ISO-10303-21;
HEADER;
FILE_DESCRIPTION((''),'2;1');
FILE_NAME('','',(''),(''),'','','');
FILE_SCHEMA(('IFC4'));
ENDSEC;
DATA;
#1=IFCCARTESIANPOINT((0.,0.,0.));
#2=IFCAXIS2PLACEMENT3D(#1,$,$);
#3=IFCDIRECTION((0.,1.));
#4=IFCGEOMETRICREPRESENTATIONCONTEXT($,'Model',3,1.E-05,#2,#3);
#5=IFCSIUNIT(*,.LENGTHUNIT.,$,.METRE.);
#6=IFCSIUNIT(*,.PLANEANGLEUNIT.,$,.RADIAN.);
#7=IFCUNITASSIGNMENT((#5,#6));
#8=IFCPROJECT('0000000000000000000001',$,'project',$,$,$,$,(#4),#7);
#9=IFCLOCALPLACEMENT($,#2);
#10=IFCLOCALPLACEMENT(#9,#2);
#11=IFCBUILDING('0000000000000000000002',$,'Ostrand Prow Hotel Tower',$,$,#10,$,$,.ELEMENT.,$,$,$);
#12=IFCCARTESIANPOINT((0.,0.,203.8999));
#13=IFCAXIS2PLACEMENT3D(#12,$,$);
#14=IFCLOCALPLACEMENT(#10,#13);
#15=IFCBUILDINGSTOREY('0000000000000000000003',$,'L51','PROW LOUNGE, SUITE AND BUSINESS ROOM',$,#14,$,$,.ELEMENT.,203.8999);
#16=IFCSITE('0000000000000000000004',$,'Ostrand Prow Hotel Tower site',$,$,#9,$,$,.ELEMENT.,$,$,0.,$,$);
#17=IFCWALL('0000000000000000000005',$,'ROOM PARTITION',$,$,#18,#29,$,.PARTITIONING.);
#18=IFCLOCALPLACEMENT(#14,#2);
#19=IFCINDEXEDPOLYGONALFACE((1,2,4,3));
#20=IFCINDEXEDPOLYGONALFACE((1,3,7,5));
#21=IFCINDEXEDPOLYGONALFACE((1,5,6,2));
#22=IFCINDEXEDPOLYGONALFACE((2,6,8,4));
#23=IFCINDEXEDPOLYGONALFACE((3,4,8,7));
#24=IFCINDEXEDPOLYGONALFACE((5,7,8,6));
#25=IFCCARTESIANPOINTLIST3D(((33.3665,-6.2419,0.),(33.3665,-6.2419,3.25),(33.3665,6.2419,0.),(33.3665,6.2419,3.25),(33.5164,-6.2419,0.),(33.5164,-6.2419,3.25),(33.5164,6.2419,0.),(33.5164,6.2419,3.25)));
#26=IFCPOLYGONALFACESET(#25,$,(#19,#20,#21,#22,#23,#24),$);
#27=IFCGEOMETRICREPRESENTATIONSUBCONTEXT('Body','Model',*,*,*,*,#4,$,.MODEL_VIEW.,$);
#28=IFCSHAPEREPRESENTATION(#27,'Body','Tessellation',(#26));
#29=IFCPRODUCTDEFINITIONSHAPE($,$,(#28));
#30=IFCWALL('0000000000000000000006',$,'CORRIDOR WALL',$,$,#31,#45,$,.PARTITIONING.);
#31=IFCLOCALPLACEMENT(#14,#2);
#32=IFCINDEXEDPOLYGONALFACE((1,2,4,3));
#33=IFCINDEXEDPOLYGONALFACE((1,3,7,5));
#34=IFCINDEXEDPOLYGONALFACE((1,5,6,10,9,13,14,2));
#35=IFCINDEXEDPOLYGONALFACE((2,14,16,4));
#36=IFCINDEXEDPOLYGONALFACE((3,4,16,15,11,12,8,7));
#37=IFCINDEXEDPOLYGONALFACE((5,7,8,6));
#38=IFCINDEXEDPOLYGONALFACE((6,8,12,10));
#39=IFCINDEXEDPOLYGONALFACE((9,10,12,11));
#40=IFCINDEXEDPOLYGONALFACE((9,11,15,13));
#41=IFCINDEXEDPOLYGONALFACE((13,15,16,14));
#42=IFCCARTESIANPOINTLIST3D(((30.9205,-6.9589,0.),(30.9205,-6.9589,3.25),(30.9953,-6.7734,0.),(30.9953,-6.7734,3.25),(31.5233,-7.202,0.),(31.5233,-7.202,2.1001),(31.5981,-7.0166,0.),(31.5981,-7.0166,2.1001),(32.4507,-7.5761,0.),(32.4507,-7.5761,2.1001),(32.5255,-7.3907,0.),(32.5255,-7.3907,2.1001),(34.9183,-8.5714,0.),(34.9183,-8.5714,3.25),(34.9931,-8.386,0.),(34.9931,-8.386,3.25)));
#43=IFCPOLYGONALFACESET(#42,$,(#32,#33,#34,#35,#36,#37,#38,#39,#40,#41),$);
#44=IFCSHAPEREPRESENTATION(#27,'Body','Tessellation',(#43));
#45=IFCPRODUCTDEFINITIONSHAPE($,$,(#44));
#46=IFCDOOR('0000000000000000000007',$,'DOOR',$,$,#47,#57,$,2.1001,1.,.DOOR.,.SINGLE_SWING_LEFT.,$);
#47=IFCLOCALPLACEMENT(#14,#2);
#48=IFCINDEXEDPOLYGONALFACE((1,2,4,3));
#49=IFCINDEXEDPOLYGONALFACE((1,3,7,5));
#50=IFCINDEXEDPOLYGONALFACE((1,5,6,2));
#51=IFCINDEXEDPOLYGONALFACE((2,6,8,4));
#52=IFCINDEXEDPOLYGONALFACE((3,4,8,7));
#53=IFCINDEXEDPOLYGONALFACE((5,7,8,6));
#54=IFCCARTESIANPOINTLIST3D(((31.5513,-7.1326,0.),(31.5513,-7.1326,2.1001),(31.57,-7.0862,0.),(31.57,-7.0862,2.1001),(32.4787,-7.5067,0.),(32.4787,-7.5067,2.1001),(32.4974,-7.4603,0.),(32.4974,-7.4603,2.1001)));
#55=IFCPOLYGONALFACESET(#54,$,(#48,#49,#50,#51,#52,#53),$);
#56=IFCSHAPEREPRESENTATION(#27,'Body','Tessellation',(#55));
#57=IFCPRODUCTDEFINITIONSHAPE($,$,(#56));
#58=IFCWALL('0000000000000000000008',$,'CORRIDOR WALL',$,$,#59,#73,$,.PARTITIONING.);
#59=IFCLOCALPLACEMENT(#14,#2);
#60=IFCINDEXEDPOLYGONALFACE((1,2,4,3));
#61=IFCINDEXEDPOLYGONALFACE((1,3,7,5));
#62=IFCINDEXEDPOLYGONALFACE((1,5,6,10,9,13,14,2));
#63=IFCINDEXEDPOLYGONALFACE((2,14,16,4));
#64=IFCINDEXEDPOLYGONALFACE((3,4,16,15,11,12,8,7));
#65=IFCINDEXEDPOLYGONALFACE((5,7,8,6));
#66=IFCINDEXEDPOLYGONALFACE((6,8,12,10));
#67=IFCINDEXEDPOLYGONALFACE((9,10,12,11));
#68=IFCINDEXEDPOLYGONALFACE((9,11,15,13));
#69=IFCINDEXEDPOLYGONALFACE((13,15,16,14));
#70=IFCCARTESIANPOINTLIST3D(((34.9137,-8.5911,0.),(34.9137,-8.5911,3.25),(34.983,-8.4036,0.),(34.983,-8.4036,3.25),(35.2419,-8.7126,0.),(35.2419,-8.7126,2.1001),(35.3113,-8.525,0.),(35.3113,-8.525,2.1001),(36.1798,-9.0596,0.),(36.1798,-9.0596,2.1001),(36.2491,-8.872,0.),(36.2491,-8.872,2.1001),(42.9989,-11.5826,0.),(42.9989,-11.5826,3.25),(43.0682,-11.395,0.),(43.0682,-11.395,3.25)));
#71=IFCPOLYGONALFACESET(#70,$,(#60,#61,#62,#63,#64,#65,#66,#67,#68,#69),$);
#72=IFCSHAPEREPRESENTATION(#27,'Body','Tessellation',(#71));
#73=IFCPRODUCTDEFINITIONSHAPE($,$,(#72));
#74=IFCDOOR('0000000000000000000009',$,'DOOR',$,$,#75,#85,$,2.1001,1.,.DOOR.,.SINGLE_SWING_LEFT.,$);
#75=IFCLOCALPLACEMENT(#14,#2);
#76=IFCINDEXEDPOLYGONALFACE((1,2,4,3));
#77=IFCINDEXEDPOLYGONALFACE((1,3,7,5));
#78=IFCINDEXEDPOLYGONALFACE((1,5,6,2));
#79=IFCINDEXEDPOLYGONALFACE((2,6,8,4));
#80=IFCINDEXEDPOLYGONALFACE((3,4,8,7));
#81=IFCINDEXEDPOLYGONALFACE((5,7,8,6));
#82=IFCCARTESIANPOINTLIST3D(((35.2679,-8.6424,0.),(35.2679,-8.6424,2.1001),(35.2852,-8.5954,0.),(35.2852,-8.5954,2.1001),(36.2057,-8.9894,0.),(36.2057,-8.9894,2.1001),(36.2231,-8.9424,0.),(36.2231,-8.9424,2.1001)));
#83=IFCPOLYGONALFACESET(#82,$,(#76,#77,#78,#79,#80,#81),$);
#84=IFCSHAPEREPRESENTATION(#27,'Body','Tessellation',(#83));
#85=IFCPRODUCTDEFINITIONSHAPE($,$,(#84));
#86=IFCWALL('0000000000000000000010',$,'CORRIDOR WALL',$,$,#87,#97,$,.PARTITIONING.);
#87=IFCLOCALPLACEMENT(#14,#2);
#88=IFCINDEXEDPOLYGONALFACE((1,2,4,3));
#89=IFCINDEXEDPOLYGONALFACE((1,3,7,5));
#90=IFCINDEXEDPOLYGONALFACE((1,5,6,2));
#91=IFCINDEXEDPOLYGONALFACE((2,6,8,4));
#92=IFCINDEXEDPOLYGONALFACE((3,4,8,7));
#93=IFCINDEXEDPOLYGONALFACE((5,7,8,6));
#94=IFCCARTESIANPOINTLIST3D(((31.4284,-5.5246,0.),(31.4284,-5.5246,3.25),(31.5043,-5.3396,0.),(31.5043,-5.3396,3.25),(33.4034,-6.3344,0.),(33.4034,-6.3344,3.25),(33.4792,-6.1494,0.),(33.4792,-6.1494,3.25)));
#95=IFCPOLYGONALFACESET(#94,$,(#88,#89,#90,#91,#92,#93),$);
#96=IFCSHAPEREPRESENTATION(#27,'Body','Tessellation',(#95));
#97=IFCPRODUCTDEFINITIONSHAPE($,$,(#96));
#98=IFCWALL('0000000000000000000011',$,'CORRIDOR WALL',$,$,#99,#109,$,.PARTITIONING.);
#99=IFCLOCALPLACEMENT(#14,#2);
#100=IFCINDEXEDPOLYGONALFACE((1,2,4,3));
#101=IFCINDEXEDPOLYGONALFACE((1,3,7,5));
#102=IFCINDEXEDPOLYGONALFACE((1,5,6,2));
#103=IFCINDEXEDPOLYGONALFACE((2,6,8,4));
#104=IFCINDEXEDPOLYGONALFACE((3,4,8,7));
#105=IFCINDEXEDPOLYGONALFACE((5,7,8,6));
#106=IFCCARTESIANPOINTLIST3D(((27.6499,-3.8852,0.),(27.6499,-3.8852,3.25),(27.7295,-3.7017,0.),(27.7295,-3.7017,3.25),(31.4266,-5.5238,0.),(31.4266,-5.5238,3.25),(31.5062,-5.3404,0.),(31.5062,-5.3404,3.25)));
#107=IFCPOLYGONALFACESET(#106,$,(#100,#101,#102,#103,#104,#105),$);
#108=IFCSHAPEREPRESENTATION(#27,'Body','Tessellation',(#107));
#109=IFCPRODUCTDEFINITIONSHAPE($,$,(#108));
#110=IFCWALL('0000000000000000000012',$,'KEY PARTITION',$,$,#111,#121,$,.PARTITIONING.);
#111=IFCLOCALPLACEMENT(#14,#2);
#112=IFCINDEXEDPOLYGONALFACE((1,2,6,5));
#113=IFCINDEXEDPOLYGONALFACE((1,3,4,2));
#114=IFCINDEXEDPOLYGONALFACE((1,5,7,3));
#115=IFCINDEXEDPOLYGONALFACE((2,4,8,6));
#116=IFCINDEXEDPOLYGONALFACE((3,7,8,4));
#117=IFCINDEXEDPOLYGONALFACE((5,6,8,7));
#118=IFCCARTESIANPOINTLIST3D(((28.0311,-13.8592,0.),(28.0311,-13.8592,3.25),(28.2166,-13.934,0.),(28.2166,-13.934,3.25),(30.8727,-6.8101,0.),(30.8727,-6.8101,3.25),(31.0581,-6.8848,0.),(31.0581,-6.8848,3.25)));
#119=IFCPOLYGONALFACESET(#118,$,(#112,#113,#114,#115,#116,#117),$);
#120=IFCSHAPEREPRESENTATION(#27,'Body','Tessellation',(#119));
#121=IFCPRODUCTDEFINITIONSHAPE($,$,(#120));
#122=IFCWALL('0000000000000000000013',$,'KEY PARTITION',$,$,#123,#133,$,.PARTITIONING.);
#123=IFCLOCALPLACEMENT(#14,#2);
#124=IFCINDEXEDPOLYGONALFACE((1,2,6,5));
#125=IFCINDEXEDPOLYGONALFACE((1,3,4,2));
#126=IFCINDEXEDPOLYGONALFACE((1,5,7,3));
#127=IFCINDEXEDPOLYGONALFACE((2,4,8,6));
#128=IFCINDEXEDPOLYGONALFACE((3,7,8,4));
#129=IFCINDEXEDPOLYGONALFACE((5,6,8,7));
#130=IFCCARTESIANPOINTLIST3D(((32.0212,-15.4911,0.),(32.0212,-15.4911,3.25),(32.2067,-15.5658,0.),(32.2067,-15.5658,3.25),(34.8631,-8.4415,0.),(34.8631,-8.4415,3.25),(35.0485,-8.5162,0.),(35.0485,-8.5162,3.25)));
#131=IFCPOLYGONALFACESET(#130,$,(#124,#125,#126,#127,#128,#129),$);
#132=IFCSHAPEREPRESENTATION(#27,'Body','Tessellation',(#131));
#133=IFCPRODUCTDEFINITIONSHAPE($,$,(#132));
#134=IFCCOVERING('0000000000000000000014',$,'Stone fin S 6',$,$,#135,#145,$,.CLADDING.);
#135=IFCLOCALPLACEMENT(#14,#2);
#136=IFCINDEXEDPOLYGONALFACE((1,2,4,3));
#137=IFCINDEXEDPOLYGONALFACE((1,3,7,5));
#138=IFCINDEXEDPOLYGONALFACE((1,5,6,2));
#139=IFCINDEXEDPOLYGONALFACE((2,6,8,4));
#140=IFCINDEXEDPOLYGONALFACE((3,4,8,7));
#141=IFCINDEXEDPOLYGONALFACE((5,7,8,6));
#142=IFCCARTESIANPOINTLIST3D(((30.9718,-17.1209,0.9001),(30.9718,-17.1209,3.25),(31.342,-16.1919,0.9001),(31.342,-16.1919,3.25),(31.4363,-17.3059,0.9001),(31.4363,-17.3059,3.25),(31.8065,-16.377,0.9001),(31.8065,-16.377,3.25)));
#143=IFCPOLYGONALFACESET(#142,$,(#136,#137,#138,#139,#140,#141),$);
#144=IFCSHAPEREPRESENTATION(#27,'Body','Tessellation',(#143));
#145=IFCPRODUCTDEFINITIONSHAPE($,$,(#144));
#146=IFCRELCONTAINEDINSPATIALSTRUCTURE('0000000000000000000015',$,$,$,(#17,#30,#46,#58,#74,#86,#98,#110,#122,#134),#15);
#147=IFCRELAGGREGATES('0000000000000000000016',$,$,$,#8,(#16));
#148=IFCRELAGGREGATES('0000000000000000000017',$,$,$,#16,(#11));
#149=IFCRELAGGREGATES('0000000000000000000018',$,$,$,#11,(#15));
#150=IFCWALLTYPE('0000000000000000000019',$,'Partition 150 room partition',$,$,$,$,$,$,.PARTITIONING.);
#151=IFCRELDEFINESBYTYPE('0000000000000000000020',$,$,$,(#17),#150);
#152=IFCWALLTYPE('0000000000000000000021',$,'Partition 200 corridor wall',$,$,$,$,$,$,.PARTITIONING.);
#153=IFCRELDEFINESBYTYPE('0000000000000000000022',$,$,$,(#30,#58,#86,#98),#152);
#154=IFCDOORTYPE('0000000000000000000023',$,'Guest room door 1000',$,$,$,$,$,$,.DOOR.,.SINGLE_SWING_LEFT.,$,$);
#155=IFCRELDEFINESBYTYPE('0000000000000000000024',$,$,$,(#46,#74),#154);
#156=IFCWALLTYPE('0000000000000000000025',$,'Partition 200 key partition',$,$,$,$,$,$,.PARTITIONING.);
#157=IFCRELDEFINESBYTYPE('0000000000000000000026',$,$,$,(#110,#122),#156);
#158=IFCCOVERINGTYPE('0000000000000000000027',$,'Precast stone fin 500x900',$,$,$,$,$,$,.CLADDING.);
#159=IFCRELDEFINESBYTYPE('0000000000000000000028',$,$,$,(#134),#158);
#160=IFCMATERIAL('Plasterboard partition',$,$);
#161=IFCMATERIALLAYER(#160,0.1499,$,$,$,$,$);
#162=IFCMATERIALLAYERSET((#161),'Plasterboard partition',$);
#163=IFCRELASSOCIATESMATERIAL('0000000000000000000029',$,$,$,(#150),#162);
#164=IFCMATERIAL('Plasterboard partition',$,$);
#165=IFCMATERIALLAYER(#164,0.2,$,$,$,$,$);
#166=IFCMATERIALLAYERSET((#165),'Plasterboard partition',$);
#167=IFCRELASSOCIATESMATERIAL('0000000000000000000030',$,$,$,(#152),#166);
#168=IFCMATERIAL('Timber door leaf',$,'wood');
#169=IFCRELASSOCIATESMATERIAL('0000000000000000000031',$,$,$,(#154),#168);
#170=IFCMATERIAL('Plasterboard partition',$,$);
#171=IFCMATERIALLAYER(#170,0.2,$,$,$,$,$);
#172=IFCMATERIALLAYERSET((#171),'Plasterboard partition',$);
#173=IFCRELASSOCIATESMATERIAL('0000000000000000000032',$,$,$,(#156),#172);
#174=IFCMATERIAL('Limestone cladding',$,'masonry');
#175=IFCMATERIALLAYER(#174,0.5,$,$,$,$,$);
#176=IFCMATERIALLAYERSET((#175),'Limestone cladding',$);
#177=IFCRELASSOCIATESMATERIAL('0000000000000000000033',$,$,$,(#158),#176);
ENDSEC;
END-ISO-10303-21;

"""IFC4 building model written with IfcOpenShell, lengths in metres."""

from ifc_helpers import new_model, si_unit, direction, frame, frame_2d, origin, place, context, subcontext, project, spatial, rectangle, extrude, material, layer, layer_set, type_object, element, fill, save


model = new_model("IFC4")

# Units and contexts
model_context = context("Model", 3, precision=1e-05, world=origin(), true_north=direction((0.0, 1.0)))
body_context = subcontext(model_context, "Body", "Model", "MODEL_VIEW")
ifc_project = project(units=[si_unit("LENGTHUNIT", "METRE"), si_unit("PLANEANGLEUNIT", "RADIAN")], contexts=[model_context])

# Site, building, storey
site_placement = place(None, origin())
site = spatial("IfcSite", under=ifc_project, at=site_placement, Name="Ostrand Prow Hotel Tower site", CompositionType="ELEMENT", RefElevation=0.0)
building_placement = place(site_placement, origin())
building = spatial("IfcBuilding", under=site, at=building_placement, Name="Ostrand Prow Hotel Tower", CompositionType="ELEMENT")
storey_placement = place(building_placement, frame((0.0, 0.0, 203.8999)))
storey = spatial("IfcBuildingStorey", under=building, at=storey_placement, Name="L51", Description="PROW LOUNGE, SUITE AND BUSINESS ROOM", CompositionType="ELEMENT", Elevation=203.8999)

# Wall
ifc_material_1 = material(Name="Plasterboard partition")
ifc_layer_1 = layer(ifc_material_1, 0.1499)
ifc_layer_set_1 = layer_set([ifc_layer_1], Name="Plasterboard partition")
wall_type_1 = type_object("IfcWallType", Name="Partition 150 room partition", PredefinedType="PARTITIONING", material=ifc_layer_set_1)
wall_1_placement = place(storey_placement, frame((33.4414, -6.2419, 0.0), z_axis=(0.0, 0.0, 1.0), x_axis=(0.0, 1.0, 0.0)))
element("IfcWall", 1, at=wall_1_placement, inside=storey, type_object=wall_type_1, Name="ROOM PARTITION", PredefinedType="PARTITIONING", context=body_context, shape_type="SweptSolid", body=[
    extrude(rectangle(XDim=12.4839, YDim=0.1499, at=frame_2d((6.2419, 0.0))), origin(), (0.0, 0.0, 1.0), 3.25),
])

# Walls, openings, doors
ifc_material_2 = material(Name="Plasterboard partition")
ifc_layer_2 = layer(ifc_material_2, 0.2)
ifc_layer_set_2 = layer_set([ifc_layer_2], Name="Plasterboard partition")
wall_type_2 = type_object("IfcWallType", Name="Partition 200 corridor wall", PredefinedType="PARTITIONING", material=ifc_layer_set_2)
wall_2_placement = place(storey_placement, frame((30.958, -6.8662, 0.0), z_axis=(0.0, 0.0, 1.0), x_axis=(0.927399, -0.374074, 0.0)))
wall_2 = element("IfcWall", 2, at=wall_2_placement, inside=storey, type_object=wall_type_2, Name="CORRIDOR WALL", PredefinedType="PARTITIONING", context=body_context, shape_type="SweptSolid", body=[
    extrude(rectangle(XDim=4.3108, YDim=0.2, at=frame_2d((2.1553, 0.0))), origin(), (0.0, 0.0, 1.0), 3.25),
])
opening_1_placement = place(wall_2_placement, frame((0.6499, 0.0, 0.0)))
opening_1 = element("IfcOpeningElement", 3, at=opening_1_placement, cuts=wall_2, PredefinedType="OPENING", context=body_context, shape_type="SweptSolid", body=[
    extrude(rectangle(XDim=1.0, YDim=2.1001, at=frame_2d((0.5, 1.05))), frame((0.0, 0.1099, 0.0), z_axis=(0.0, -1.0, 0.0), x_axis=(1.0, 0.0, 0.0)), (0.0, 0.0, 1.0), 0.22),
])
ifc_material_3 = material(Name="Timber door leaf", Category="wood")
door_type_1 = type_object("IfcDoorType", Name="Guest room door 1000", OperationType="SINGLE_SWING_LEFT", PredefinedType="DOOR", material=ifc_material_3)
door_1_placement = place(opening_1_placement, origin())
door_1 = element("IfcDoor", 4, at=door_1_placement, inside=storey, type_object=door_type_1, Name="DOOR", OperationType="SINGLE_SWING_LEFT", OverallHeight=2.1001, OverallWidth=1.0, PredefinedType="DOOR", context=body_context, shape_type="SweptSolid", body=[
    extrude(rectangle(XDim=1.0, YDim=2.1001, at=frame_2d((0.5, 1.05))), frame((0.0, 0.0249, 0.0), z_axis=(0.0, -1.0, 0.0), x_axis=(1.0, 0.0, 0.0)), (0.0, 0.0, 1.0), 0.05),
])
fill(opening_1, door_1)
wall_3_placement = place(storey_placement, frame((34.9482, -8.4973, 0.0), z_axis=(0.0, 0.0, 1.0), x_axis=(0.937865, -0.347002, 0.0)))
wall_3 = element("IfcWall", 5, at=wall_3_placement, inside=storey, type_object=wall_type_2, Name="CORRIDOR WALL", PredefinedType="PARTITIONING", context=body_context, shape_type="SweptSolid", body=[
    extrude(rectangle(XDim=8.6208, YDim=0.2, at=frame_2d((4.3105, 0.0))), origin(), (0.0, 0.0, 1.0), 3.25),
])
opening_2_placement = place(wall_3_placement, frame((0.3501, 0.0, 0.0)))
opening_2 = element("IfcOpeningElement", 6, at=opening_2_placement, cuts=wall_3, PredefinedType="OPENING", context=body_context, shape_type="SweptSolid", body=[
    extrude(rectangle(XDim=1.0, YDim=2.1001, at=frame_2d((0.5, 1.05))), frame((0.0, 0.1099, 0.0), z_axis=(0.0, -1.0, 0.0), x_axis=(1.0, 0.0, 0.0)), (0.0, 0.0, 1.0), 0.22),
])
door_2_placement = place(opening_2_placement, origin())
door_2 = element("IfcDoor", 7, at=door_2_placement, inside=storey, type_object=door_type_1, Name="DOOR", OperationType="SINGLE_SWING_LEFT", OverallHeight=2.1001, OverallWidth=1.0, PredefinedType="DOOR", context=body_context, shape_type="SweptSolid", body=[
    extrude(rectangle(XDim=1.0, YDim=2.1001, at=frame_2d((0.5, 1.05))), frame((0.0, 0.0249, 0.0), z_axis=(0.0, -1.0, 0.0), x_axis=(1.0, 0.0, 0.0)), (0.0, 0.0, 1.0), 0.05),
])
fill(opening_2, door_2)

# Walls
wall_4_placement = place(storey_placement, frame((33.4414, -6.2419, 0.0), z_axis=(0.0, 0.0, 1.0), x_axis=(-0.925231, 0.379403, 0.0)))
element("IfcWall", 8, at=wall_4_placement, inside=storey, type_object=wall_type_2, Name="CORRIDOR WALL", PredefinedType="PARTITIONING", context=body_context, shape_type="SweptSolid", body=[
    extrude(rectangle(XDim=2.1345, YDim=0.2, at=frame_2d((1.0674, 0.0))), origin(), (0.0, 0.0, 1.0), 3.25),
])
wall_5_placement = place(storey_placement, frame((31.4666, -5.4321, 0.0), z_axis=(0.0, 0.0, 1.0), x_axis=(-0.917375, 0.398023, 0.0)))
element("IfcWall", 9, at=wall_5_placement, inside=storey, type_object=wall_type_2, Name="CORRIDOR WALL", PredefinedType="PARTITIONING", context=body_context, shape_type="SweptSolid", body=[
    extrude(rectangle(XDim=4.1169, YDim=0.2, at=frame_2d((2.0586, 0.0))), origin(), (0.0, 0.0, 1.0), 3.25),
])
ifc_material_4 = material(Name="Plasterboard partition")
ifc_layer_3 = layer(ifc_material_4, 0.2)
ifc_layer_set_3 = layer_set([ifc_layer_3], Name="Plasterboard partition")
wall_type_3 = type_object("IfcWallType", Name="Partition 200 key partition", PredefinedType="PARTITIONING", material=ifc_layer_set_3)
wall_6_placement = place(storey_placement, frame((28.1238, -13.8967, 0.0), z_axis=(0.0, 0.0, 1.0), x_axis=(0.373876, 0.927479, 0.0)))
element("IfcWall", 10, at=wall_6_placement, inside=storey, type_object=wall_type_3, Name="KEY PARTITION", PredefinedType="PARTITIONING", context=body_context, shape_type="SweptSolid", body=[
    extrude(rectangle(XDim=7.6003, YDim=0.2, at=frame_2d((3.8003, 0.0))), origin(), (0.0, 0.0, 1.0), 3.25),
])
wall_7_placement = place(storey_placement, frame((32.114, -15.5283, 0.0), z_axis=(0.0, 0.0, 1.0), x_axis=(0.373881, 0.927477, 0.0)))
element("IfcWall", 11, at=wall_7_placement, inside=storey, type_object=wall_type_3, Name="KEY PARTITION", PredefinedType="PARTITIONING", context=body_context, shape_type="SweptSolid", body=[
    extrude(rectangle(XDim=7.6008, YDim=0.2, at=frame_2d((3.8003, 0.0))), origin(), (0.0, 0.0, 1.0), 3.25),
])

# Covering
ifc_material_5 = material(Name="Limestone cladding", Category="masonry")
ifc_layer_4 = layer(ifc_material_5, 0.5)
ifc_layer_set_4 = layer_set([ifc_layer_4], Name="Limestone cladding")
covering_type = type_object("IfcCoveringType", Name="Precast stone fin 500x900", PredefinedType="CLADDING", material=ifc_layer_set_4)
covering_placement = place(storey_placement, frame((31.5742, -16.2844, 0.9001), z_axis=(0.0, 0.0, 1.0), x_axis=(-0.370128, -0.928981, 0.0)))
element("IfcCovering", 12, at=covering_placement, inside=storey, type_object=covering_type, Name="Stone fin S 6", PredefinedType="CLADDING", context=body_context, shape_type="SweptSolid", body=[
    extrude(rectangle(XDim=1.0, YDim=0.5, at=frame_2d((0.5, 0.0))), origin(), (0.0, 0.0, 1.0), 2.3499),
])

save(model, "model.ifc")
